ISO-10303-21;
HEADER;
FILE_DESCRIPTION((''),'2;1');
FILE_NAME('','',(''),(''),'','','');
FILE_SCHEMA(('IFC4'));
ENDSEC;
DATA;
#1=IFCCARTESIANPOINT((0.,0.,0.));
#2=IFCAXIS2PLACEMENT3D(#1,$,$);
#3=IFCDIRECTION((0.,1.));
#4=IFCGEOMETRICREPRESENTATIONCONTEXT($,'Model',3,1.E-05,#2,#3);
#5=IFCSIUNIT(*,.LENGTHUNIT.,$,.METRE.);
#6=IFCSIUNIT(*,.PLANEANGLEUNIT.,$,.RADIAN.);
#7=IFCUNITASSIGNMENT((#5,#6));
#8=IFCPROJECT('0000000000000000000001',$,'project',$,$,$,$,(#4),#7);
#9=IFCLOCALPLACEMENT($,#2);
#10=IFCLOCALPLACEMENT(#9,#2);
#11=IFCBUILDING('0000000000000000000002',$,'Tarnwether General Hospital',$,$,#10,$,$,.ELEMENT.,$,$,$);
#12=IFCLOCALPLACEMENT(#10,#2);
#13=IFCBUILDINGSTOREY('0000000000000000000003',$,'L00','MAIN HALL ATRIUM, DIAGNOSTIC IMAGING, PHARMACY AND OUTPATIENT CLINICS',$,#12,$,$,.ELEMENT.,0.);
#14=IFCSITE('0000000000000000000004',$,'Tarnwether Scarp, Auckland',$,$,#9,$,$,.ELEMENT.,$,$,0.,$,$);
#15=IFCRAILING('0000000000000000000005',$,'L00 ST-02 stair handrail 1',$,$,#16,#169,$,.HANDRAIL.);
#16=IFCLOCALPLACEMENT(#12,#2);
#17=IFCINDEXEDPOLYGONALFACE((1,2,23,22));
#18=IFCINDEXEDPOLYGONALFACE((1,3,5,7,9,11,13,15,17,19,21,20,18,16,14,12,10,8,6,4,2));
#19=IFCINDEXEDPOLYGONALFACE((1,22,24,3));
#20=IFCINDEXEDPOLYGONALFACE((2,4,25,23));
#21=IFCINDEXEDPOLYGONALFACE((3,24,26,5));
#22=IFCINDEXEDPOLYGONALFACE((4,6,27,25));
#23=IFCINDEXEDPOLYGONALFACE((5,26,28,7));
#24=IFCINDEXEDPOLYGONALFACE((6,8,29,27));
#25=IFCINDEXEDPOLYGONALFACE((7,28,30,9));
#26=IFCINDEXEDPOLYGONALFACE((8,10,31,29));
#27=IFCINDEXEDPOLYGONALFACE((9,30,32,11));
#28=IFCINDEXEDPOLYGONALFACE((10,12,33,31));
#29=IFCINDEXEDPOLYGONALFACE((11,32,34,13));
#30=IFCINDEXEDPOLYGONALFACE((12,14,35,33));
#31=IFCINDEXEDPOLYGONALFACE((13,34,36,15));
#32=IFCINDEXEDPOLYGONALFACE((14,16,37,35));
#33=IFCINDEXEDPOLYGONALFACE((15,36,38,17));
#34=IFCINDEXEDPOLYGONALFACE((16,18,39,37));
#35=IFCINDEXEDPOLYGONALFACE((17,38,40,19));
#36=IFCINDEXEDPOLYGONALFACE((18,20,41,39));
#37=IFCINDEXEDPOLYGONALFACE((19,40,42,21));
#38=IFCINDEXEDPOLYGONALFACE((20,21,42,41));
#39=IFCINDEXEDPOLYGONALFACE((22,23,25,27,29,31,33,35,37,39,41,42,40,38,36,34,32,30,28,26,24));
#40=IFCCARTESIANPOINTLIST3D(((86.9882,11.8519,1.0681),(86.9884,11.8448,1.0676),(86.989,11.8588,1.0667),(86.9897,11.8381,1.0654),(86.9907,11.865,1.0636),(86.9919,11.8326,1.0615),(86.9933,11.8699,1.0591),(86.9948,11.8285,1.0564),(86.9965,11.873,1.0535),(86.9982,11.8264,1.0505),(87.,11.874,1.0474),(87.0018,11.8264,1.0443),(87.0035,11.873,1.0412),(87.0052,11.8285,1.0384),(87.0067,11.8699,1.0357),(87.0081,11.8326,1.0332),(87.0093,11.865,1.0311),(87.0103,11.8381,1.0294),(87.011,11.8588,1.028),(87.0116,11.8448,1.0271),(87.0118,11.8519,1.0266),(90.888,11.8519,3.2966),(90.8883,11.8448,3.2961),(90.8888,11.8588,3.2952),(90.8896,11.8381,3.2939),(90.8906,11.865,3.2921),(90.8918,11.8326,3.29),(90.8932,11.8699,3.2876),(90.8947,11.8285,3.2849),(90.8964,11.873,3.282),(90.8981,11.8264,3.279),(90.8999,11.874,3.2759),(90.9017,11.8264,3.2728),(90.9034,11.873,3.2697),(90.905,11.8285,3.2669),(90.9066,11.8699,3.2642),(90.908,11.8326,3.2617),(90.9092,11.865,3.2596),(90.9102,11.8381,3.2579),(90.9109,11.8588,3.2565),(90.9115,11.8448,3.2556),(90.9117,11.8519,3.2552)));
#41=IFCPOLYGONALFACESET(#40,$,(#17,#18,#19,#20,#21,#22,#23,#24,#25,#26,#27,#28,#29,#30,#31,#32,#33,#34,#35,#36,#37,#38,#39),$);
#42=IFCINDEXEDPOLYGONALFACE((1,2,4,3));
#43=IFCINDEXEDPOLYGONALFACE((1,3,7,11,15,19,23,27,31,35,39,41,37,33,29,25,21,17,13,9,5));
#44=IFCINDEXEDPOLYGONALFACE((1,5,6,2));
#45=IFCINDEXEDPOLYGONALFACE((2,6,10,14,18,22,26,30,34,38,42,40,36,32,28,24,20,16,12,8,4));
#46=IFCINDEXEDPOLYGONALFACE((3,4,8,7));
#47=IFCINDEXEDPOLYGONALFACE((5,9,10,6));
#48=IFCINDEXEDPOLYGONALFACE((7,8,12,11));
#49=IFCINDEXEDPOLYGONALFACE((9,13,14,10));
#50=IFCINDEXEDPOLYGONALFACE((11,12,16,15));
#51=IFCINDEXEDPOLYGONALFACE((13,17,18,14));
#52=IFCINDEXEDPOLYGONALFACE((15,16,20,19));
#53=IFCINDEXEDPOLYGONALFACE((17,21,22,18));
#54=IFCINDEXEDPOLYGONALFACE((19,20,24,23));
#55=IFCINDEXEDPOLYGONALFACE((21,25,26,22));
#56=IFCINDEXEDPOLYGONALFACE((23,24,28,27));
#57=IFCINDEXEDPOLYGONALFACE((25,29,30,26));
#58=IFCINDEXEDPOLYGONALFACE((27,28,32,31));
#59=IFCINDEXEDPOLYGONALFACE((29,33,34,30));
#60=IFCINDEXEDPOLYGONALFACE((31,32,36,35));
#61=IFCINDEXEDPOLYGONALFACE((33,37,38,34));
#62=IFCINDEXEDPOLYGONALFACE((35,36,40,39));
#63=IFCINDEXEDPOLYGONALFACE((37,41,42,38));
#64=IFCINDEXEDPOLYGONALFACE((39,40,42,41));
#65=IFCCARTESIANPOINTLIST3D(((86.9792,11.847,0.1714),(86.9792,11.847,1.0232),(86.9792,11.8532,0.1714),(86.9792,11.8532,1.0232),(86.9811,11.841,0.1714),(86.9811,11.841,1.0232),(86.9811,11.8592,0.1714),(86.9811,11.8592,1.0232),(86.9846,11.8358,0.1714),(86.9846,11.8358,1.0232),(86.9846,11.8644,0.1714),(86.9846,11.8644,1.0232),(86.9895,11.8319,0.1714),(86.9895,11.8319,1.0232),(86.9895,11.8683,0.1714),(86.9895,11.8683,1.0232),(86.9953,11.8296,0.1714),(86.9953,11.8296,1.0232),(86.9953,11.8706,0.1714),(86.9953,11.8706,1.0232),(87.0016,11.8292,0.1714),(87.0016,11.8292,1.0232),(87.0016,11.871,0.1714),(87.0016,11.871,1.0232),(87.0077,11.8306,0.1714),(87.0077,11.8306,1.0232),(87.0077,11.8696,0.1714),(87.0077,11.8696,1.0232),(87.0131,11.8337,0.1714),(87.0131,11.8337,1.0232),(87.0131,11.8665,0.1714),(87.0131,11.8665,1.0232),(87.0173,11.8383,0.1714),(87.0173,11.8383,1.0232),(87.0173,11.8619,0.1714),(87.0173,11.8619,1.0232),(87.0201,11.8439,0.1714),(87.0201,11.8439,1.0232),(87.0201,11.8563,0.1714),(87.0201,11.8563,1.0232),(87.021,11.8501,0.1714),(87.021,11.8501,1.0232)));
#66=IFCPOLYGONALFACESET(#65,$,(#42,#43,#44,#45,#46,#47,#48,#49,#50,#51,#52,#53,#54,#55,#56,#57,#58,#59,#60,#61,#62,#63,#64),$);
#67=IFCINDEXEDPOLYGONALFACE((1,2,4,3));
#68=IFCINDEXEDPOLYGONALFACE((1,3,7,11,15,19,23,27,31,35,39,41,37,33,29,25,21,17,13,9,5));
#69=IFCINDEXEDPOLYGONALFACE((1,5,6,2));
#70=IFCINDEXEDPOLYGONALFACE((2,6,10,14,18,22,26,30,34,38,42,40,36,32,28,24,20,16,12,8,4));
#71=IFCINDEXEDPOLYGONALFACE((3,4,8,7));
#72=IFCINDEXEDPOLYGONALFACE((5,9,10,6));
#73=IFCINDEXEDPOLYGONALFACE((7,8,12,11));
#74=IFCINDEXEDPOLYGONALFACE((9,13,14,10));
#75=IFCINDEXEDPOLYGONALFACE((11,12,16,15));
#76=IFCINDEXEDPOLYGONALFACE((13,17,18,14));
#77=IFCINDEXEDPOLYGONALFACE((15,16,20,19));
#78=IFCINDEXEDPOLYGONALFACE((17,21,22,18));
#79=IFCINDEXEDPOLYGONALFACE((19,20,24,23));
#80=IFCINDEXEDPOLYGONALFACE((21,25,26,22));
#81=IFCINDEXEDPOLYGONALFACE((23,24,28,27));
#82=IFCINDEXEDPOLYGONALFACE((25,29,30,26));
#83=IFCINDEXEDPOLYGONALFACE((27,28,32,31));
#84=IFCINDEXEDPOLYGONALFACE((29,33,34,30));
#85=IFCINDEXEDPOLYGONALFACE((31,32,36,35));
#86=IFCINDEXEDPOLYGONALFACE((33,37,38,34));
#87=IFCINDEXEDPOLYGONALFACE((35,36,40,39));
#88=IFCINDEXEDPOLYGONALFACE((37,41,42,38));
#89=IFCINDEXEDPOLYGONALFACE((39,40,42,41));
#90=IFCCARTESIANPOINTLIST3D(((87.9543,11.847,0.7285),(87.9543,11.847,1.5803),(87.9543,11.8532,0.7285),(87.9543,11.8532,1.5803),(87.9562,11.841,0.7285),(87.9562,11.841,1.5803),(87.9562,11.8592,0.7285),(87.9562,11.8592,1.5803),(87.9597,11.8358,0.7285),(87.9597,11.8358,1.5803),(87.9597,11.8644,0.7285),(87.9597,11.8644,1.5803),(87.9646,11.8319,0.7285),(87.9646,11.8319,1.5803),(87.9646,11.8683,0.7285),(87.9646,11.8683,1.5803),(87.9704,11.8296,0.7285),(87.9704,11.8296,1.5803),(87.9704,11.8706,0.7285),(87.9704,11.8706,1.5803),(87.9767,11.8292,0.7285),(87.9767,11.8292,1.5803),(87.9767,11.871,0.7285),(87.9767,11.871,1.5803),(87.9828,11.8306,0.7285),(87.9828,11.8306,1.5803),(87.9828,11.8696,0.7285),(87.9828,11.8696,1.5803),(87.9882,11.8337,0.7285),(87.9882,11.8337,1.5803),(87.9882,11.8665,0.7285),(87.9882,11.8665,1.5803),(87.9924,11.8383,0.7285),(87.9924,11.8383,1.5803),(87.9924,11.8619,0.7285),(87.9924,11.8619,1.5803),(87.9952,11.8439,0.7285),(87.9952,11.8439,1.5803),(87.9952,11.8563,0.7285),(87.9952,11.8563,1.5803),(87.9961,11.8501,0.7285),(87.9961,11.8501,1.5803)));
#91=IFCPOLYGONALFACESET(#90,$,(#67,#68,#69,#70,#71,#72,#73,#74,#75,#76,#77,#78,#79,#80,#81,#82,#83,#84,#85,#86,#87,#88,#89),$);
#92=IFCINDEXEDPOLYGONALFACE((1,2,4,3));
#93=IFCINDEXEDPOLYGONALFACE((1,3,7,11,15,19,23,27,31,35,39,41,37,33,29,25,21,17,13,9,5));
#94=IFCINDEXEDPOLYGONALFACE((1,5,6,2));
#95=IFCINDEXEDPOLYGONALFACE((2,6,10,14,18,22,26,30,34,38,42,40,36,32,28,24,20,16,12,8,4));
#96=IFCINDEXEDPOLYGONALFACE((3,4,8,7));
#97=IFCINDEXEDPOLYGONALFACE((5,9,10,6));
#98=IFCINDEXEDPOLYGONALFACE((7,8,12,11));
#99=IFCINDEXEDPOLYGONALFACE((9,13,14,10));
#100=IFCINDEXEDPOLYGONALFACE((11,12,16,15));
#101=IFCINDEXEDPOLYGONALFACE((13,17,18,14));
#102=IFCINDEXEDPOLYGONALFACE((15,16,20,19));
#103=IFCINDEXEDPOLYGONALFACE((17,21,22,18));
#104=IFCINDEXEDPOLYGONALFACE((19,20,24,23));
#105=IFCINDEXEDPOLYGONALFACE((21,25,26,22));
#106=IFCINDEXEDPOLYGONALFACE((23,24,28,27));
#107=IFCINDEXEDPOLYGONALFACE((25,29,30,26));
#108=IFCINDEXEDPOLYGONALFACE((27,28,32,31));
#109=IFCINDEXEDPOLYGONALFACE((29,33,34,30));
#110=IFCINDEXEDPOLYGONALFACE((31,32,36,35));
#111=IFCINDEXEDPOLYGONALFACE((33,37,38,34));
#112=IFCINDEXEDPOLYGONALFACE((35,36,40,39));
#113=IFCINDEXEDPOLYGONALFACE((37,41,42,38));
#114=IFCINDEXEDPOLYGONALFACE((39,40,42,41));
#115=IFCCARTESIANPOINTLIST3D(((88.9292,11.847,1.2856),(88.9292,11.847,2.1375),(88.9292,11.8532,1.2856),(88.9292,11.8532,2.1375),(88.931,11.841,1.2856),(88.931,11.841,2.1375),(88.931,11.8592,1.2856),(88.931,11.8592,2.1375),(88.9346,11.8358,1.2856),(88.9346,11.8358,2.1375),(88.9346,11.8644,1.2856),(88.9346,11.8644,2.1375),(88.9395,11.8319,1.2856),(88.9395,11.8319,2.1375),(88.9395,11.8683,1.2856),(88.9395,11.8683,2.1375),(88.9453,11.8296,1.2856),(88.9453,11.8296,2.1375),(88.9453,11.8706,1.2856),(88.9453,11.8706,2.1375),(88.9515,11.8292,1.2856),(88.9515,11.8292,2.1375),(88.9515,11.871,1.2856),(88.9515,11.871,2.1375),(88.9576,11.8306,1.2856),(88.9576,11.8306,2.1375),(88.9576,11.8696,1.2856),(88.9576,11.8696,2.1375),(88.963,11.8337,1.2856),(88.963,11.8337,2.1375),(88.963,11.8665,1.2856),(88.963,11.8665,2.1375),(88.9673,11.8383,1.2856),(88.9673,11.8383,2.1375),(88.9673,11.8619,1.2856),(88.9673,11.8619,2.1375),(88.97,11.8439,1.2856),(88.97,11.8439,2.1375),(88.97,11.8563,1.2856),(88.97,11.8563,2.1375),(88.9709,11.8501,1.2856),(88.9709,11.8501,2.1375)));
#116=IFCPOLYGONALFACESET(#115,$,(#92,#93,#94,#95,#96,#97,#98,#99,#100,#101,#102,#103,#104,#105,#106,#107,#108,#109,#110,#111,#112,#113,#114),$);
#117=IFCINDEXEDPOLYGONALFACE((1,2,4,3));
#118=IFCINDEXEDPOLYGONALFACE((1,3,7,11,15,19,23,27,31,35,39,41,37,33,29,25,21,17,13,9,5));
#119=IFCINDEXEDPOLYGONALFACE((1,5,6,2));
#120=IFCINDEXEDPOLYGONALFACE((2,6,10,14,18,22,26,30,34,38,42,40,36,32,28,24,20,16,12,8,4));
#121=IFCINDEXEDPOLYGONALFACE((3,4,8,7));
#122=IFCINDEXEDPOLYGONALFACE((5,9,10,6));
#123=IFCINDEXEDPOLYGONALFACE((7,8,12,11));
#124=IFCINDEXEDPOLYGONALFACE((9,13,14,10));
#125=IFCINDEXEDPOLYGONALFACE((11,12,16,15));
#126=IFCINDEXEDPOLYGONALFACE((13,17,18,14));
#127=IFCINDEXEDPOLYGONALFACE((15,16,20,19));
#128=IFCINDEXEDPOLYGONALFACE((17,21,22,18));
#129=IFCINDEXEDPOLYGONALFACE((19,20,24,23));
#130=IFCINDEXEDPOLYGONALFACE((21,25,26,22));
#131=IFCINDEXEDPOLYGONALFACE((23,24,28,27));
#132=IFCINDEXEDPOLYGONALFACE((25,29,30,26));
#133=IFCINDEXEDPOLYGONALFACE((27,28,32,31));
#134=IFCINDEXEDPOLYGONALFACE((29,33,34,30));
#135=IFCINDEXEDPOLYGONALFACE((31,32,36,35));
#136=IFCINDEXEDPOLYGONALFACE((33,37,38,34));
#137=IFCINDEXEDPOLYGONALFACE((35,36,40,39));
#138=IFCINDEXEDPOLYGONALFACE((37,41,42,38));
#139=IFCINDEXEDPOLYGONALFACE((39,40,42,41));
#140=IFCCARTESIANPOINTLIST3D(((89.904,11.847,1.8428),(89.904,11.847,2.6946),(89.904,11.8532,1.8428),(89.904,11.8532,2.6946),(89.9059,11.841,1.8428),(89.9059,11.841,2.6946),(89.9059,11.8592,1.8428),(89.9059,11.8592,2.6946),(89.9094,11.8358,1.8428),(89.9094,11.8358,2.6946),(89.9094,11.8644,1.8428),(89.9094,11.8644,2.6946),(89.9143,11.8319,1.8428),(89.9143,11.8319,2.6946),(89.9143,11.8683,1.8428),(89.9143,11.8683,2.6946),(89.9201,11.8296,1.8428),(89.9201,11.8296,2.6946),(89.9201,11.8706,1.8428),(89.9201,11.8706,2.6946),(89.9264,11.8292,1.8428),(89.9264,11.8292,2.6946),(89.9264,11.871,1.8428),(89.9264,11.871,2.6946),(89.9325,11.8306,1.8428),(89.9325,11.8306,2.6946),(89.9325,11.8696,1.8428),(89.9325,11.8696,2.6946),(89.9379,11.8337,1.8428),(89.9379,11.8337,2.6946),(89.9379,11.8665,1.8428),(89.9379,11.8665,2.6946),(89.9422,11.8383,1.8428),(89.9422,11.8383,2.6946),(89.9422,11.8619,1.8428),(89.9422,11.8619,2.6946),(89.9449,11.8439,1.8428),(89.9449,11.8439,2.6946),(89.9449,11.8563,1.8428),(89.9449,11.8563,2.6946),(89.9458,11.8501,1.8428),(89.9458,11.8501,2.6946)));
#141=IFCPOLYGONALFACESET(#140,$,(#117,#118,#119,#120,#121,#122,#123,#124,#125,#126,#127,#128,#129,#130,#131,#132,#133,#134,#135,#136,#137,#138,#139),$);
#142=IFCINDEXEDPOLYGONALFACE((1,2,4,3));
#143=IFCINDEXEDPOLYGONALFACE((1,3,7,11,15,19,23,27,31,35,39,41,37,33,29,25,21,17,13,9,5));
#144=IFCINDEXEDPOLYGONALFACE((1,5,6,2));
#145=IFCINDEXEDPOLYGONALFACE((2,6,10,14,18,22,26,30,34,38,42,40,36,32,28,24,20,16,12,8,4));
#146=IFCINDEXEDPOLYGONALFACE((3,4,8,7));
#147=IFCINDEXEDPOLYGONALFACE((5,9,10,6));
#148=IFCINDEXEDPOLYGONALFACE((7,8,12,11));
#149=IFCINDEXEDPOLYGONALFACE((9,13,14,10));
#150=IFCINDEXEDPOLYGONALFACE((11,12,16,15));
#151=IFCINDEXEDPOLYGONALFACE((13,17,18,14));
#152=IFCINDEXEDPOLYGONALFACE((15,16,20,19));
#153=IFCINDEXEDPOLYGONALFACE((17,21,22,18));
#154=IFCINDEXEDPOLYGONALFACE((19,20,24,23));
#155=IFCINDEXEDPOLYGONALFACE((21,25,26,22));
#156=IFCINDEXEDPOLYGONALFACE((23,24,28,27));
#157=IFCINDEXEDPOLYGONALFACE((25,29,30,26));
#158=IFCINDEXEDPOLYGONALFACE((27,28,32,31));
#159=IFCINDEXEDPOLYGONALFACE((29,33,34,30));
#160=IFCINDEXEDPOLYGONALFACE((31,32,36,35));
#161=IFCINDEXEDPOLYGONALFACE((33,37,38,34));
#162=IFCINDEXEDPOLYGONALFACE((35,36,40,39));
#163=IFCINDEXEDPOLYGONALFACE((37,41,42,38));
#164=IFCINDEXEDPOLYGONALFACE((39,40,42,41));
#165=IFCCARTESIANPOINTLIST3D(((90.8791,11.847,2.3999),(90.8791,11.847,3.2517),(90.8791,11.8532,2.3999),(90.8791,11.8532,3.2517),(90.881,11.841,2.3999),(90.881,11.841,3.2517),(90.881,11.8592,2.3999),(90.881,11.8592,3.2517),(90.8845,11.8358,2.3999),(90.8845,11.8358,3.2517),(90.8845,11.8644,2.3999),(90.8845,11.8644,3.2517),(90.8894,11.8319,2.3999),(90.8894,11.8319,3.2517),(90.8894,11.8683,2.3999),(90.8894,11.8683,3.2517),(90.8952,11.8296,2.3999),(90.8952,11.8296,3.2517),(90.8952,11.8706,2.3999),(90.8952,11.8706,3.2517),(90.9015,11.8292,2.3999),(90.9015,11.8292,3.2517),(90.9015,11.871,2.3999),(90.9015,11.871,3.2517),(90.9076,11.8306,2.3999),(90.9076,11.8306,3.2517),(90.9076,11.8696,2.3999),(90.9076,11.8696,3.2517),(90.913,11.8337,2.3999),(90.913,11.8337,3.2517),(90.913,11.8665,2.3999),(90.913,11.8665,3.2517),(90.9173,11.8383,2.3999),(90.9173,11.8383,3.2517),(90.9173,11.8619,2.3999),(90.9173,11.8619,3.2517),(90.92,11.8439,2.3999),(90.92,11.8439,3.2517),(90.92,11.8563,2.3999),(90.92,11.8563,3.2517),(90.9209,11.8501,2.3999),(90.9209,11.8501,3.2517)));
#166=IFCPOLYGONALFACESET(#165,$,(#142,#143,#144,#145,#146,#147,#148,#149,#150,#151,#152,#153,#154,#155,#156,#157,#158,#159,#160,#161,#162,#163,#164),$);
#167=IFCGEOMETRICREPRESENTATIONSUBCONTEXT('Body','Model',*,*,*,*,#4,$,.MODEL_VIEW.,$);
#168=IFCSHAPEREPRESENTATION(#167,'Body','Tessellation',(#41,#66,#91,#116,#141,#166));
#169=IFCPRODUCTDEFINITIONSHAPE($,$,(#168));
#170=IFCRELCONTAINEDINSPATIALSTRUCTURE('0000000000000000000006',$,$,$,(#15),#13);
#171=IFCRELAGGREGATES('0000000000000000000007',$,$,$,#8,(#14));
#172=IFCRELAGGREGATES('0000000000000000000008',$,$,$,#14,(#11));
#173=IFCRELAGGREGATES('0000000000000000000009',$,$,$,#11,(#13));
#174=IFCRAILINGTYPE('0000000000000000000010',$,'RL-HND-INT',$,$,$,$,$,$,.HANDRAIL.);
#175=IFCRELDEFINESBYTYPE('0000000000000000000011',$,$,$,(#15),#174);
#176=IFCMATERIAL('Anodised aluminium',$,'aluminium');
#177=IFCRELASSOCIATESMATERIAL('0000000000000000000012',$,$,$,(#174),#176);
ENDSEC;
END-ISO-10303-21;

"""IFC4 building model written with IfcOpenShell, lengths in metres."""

from ifc_helpers import new_model, si_unit, direction, frame, origin, origin_2d, place, context, subcontext, project, spatial, circle, extrude, material, type_object, element, save


model = new_model("IFC4")

# Units and contexts
model_context = context("Model", 3, precision=1e-05, world=origin(), true_north=direction((0.0, 1.0)))
body_context = subcontext(model_context, "Body", "Model", "MODEL_VIEW")
ifc_project = project(units=[si_unit("LENGTHUNIT", "METRE"), si_unit("PLANEANGLEUNIT", "RADIAN")], contexts=[model_context])

# Site, building, storey
site_placement = place(None, origin())
site = spatial("IfcSite", under=ifc_project, at=site_placement, Name="Tarnwether Scarp, Auckland", CompositionType="ELEMENT", RefElevation=0.0)
building_placement = place(site_placement, origin())
building = spatial("IfcBuilding", under=site, at=building_placement, Name="Tarnwether General Hospital", CompositionType="ELEMENT")
storey_placement = place(building_placement, origin())
storey = spatial("IfcBuildingStorey", under=building, at=storey_placement, Name="L00", Description="MAIN HALL ATRIUM, DIAGNOSTIC IMAGING, PHARMACY AND OUTPATIENT CLINICS", CompositionType="ELEMENT", Elevation=0.0)

# Railing
ifc_material_1 = material(Name="Anodised aluminium", Category="aluminium")
railing_type_1 = type_object("IfcRailingType", Name="RL-HND-INT", PredefinedType="HANDRAIL", material=ifc_material_1)
railing_1_placement = place(storey_placement, frame((87.0, 11.8501, 0.1714)))
element("IfcRailing", 1, at=railing_1_placement, inside=storey, type_object=railing_type_1, Name="L00 ST-02 stair handrail 1", PredefinedType="HANDRAIL", context=body_context, shape_type="SweptSolid", body=[
    extrude(circle(Radius=0.0239, at=origin_2d()), frame((0.0, 0.0, 0.876), z_axis=(0.868243, 0.0, 0.496139), x_axis=(0.0, 1.0, 0.0)), (0.0, 0.0, 1.0), 4.4917),
    extrude(circle(Radius=0.021, at=origin_2d()), origin(), (0.0, 0.0, 1.0), 0.8518),
    extrude(circle(Radius=0.021, at=origin_2d()), frame((0.9751, 0.0, 0.5571)), (0.0, 0.0, 1.0), 0.8518),
    extrude(circle(Radius=0.021, at=origin_2d()), frame((1.95, 0.0, 1.1143)), (0.0, 0.0, 1.0), 0.8518),
    extrude(circle(Radius=0.021, at=origin_2d()), frame((2.9248, 0.0, 1.6714)), (0.0, 0.0, 1.0), 0.8518),
    extrude(circle(Radius=0.021, at=origin_2d()), frame((3.8999, 0.0, 2.2285)), (0.0, 0.0, 1.0), 0.8518),
])

save(model, "model.ifc")
